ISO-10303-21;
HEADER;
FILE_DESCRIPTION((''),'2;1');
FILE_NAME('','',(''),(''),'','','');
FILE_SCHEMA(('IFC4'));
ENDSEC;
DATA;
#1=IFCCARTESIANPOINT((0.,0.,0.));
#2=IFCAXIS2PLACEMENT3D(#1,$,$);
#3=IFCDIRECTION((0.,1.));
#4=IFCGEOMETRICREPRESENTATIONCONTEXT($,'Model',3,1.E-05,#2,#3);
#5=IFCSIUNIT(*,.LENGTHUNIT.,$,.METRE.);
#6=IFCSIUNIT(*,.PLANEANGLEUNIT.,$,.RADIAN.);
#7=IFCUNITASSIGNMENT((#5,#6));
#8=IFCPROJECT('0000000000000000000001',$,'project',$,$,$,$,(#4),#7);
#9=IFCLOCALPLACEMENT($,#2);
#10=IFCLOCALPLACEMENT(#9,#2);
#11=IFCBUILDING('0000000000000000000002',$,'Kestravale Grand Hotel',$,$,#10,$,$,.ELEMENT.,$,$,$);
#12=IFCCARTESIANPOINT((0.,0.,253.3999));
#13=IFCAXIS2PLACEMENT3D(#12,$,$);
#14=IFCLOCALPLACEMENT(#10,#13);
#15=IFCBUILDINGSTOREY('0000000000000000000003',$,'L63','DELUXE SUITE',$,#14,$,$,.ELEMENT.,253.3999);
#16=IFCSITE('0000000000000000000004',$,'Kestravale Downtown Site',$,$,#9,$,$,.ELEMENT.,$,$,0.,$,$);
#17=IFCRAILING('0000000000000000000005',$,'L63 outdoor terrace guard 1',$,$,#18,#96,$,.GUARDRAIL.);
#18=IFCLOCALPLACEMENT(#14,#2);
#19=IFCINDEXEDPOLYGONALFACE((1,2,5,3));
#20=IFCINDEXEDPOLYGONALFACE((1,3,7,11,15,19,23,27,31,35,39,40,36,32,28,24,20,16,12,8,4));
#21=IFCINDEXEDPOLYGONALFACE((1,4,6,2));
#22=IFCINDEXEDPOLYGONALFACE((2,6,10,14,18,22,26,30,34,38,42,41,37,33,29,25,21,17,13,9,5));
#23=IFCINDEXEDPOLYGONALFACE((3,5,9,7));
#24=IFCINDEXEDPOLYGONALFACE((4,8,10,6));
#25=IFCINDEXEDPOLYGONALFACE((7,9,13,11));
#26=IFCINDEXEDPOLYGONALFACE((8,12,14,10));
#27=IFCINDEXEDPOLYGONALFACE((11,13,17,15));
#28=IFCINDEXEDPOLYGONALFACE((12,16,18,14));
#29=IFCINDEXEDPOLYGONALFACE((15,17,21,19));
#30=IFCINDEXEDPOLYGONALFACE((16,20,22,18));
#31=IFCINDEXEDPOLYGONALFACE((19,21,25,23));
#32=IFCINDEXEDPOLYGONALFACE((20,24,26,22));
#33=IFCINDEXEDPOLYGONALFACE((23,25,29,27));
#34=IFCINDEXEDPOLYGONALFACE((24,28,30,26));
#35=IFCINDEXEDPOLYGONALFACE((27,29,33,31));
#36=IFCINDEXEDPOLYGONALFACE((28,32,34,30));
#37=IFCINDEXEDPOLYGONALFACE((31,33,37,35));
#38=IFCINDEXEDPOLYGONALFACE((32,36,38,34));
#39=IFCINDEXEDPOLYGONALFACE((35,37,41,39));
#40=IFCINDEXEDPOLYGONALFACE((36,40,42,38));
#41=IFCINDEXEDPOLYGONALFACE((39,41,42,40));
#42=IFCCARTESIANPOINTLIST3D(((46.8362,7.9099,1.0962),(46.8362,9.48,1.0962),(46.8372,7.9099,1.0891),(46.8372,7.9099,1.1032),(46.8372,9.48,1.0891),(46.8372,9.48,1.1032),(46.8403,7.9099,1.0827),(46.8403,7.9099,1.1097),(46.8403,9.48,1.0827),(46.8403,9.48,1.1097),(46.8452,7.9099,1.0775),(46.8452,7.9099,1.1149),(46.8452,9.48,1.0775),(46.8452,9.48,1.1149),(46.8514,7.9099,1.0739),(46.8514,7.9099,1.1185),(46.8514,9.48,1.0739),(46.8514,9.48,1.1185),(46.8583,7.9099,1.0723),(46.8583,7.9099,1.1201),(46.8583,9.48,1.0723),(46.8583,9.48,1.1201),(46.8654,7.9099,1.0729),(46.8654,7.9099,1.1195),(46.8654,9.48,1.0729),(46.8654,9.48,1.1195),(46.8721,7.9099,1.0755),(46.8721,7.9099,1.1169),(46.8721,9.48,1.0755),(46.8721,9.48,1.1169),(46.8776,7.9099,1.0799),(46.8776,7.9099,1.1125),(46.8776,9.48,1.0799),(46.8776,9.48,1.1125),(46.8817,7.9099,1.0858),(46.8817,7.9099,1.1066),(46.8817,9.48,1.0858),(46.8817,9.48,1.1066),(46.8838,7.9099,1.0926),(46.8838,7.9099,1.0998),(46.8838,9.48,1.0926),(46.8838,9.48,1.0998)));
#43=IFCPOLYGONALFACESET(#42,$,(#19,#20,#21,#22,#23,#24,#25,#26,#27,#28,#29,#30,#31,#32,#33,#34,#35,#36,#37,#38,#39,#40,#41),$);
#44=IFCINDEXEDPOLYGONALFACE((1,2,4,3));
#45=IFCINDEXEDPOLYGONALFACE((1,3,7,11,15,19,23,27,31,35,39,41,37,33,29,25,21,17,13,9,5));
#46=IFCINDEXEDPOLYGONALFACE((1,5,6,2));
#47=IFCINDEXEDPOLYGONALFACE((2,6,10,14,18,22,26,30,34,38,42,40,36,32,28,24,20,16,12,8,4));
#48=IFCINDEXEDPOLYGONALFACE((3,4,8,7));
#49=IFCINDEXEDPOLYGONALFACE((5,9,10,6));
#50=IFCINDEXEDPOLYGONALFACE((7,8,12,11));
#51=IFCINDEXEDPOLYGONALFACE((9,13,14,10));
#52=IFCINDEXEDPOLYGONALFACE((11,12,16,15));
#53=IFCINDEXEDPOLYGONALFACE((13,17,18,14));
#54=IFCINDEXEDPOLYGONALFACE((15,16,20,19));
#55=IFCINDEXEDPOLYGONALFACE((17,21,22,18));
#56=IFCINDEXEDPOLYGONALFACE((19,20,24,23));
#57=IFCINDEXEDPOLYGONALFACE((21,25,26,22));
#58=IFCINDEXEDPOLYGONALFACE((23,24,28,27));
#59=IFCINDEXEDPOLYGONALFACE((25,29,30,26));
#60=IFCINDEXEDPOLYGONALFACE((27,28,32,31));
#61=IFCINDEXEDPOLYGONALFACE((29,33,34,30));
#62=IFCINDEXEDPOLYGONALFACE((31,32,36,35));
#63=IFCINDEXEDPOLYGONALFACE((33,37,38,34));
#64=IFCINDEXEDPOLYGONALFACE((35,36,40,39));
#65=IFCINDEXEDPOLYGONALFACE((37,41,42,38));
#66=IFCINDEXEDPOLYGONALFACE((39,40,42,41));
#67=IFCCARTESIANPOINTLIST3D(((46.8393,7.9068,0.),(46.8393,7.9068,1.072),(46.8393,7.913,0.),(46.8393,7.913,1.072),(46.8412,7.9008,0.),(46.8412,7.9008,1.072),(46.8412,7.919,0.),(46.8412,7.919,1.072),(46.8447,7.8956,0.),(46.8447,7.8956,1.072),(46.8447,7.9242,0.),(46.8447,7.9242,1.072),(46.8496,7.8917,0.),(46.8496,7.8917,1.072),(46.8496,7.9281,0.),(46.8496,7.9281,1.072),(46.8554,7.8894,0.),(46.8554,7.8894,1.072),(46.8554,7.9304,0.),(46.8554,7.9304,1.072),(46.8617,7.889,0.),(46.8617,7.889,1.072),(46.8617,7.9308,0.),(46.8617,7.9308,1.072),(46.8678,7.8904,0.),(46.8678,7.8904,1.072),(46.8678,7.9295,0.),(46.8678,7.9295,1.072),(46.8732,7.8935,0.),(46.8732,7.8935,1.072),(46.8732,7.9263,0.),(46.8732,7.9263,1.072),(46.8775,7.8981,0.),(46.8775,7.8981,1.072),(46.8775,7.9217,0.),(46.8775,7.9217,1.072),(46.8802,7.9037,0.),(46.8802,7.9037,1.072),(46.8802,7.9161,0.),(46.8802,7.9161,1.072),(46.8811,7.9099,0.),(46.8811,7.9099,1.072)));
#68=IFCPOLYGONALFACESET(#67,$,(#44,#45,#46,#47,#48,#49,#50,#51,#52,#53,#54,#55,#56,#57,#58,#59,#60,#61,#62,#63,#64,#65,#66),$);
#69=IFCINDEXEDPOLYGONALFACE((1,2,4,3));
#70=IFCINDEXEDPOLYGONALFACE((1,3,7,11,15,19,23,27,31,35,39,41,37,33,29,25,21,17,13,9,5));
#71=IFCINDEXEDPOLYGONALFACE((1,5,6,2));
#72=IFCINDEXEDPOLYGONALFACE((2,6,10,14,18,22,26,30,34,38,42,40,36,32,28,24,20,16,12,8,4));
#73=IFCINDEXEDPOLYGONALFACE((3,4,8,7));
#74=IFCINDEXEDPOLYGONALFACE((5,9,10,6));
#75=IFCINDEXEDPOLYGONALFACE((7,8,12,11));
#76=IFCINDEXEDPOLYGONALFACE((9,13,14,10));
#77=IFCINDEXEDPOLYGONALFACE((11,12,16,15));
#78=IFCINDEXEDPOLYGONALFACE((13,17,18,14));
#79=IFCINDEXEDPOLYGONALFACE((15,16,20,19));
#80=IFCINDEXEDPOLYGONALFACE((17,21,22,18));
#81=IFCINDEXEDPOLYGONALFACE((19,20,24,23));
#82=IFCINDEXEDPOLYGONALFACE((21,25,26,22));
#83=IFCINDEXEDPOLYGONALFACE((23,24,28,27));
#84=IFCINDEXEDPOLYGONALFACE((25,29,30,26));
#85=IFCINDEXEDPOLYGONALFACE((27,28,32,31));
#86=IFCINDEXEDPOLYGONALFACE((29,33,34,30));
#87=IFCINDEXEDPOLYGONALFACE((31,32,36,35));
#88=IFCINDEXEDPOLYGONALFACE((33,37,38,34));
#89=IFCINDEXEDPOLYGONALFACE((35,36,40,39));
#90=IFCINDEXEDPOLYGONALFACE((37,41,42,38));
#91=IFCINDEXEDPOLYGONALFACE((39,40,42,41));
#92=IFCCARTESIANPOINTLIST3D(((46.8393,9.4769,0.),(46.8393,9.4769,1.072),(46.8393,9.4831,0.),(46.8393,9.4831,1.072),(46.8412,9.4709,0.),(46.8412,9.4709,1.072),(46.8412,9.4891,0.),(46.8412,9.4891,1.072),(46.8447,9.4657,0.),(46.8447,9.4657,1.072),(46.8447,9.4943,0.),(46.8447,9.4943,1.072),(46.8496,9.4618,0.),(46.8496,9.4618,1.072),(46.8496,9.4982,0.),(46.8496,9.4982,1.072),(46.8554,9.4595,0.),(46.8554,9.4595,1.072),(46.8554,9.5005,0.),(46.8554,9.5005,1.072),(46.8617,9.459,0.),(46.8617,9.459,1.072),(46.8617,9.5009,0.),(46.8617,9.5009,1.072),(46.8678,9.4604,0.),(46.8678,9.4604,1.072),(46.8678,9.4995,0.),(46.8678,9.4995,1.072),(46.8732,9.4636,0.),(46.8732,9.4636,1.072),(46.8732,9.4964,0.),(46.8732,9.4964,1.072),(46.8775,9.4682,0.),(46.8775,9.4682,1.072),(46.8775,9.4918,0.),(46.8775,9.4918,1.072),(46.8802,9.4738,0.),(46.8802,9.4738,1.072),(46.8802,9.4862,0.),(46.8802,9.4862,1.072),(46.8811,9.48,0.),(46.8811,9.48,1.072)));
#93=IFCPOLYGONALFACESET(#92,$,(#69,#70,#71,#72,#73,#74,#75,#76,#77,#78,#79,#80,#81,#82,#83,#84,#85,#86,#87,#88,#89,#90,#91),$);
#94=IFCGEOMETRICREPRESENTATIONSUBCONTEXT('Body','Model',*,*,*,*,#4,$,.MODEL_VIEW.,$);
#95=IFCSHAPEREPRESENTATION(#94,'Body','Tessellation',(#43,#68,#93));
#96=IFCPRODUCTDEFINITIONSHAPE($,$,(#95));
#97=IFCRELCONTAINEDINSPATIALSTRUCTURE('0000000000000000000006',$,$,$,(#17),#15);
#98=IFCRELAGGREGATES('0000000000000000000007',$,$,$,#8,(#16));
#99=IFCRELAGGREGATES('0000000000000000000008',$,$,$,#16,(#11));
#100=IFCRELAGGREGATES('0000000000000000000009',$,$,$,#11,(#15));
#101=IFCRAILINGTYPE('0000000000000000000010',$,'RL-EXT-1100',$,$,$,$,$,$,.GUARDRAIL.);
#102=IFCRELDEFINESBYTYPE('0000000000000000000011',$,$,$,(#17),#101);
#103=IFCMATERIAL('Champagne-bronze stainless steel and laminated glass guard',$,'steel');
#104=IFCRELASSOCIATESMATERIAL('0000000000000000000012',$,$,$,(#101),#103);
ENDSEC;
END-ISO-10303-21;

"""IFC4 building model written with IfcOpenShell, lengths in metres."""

from ifc_helpers import new_model, si_unit, direction, frame, origin, origin_2d, place, context, subcontext, project, spatial, circle, extrude, material, type_object, element, save


model = new_model("IFC4")

# Units and contexts
model_context = context("Model", 3, precision=1e-05, world=origin(), true_north=direction((0.0, 1.0)))
body_context = subcontext(model_context, "Body", "Model", "MODEL_VIEW")
ifc_project = project(units=[si_unit("LENGTHUNIT", "METRE"), si_unit("PLANEANGLEUNIT", "RADIAN")], contexts=[model_context])

# Site, building, storey
site_placement = place(None, origin())
site = spatial("IfcSite", under=ifc_project, at=site_placement, Name="Kestravale Downtown Site", CompositionType="ELEMENT", RefElevation=0.0)
building_placement = place(site_placement, origin())
building = spatial("IfcBuilding", under=site, at=building_placement, Name="Kestravale Grand Hotel", CompositionType="ELEMENT")
storey_placement = place(building_placement, frame((0.0, 0.0, 253.3999)))
storey = spatial("IfcBuildingStorey", under=building, at=storey_placement, Name="L63", Description="DELUXE SUITE", CompositionType="ELEMENT", Elevation=253.3999)

# Railing
ifc_material_1 = material(Name="Champagne-bronze stainless steel and laminated glass guard", Category="steel")
railing_type = type_object("IfcRailingType", Name="RL-EXT-1100", PredefinedType="GUARDRAIL", material=ifc_material_1)
railing_placement = place(storey_placement, frame((46.8601, 7.9099, 0.0)))
element("IfcRailing", 1, at=railing_placement, inside=storey, type_object=railing_type, Name="L63 outdoor terrace guard 1", PredefinedType="GUARDRAIL", context=body_context, shape_type="SweptSolid", body=[
    extrude(circle(Radius=0.0239, at=origin_2d()), frame((0.0, 0.0, 1.0962), z_axis=(0.0, 1.0, 0.0), x_axis=(-1.0, 0.0, 0.0)), (0.0, 0.0, 1.0), 1.5701),
    extrude(circle(Radius=0.021, at=origin_2d()), origin(), (0.0, 0.0, 1.0), 1.072),
    extrude(circle(Radius=0.021, at=origin_2d()), frame((0.0, 1.5701, 0.0)), (0.0, 0.0, 1.0), 1.072),
])

save(model, "model.ifc")
